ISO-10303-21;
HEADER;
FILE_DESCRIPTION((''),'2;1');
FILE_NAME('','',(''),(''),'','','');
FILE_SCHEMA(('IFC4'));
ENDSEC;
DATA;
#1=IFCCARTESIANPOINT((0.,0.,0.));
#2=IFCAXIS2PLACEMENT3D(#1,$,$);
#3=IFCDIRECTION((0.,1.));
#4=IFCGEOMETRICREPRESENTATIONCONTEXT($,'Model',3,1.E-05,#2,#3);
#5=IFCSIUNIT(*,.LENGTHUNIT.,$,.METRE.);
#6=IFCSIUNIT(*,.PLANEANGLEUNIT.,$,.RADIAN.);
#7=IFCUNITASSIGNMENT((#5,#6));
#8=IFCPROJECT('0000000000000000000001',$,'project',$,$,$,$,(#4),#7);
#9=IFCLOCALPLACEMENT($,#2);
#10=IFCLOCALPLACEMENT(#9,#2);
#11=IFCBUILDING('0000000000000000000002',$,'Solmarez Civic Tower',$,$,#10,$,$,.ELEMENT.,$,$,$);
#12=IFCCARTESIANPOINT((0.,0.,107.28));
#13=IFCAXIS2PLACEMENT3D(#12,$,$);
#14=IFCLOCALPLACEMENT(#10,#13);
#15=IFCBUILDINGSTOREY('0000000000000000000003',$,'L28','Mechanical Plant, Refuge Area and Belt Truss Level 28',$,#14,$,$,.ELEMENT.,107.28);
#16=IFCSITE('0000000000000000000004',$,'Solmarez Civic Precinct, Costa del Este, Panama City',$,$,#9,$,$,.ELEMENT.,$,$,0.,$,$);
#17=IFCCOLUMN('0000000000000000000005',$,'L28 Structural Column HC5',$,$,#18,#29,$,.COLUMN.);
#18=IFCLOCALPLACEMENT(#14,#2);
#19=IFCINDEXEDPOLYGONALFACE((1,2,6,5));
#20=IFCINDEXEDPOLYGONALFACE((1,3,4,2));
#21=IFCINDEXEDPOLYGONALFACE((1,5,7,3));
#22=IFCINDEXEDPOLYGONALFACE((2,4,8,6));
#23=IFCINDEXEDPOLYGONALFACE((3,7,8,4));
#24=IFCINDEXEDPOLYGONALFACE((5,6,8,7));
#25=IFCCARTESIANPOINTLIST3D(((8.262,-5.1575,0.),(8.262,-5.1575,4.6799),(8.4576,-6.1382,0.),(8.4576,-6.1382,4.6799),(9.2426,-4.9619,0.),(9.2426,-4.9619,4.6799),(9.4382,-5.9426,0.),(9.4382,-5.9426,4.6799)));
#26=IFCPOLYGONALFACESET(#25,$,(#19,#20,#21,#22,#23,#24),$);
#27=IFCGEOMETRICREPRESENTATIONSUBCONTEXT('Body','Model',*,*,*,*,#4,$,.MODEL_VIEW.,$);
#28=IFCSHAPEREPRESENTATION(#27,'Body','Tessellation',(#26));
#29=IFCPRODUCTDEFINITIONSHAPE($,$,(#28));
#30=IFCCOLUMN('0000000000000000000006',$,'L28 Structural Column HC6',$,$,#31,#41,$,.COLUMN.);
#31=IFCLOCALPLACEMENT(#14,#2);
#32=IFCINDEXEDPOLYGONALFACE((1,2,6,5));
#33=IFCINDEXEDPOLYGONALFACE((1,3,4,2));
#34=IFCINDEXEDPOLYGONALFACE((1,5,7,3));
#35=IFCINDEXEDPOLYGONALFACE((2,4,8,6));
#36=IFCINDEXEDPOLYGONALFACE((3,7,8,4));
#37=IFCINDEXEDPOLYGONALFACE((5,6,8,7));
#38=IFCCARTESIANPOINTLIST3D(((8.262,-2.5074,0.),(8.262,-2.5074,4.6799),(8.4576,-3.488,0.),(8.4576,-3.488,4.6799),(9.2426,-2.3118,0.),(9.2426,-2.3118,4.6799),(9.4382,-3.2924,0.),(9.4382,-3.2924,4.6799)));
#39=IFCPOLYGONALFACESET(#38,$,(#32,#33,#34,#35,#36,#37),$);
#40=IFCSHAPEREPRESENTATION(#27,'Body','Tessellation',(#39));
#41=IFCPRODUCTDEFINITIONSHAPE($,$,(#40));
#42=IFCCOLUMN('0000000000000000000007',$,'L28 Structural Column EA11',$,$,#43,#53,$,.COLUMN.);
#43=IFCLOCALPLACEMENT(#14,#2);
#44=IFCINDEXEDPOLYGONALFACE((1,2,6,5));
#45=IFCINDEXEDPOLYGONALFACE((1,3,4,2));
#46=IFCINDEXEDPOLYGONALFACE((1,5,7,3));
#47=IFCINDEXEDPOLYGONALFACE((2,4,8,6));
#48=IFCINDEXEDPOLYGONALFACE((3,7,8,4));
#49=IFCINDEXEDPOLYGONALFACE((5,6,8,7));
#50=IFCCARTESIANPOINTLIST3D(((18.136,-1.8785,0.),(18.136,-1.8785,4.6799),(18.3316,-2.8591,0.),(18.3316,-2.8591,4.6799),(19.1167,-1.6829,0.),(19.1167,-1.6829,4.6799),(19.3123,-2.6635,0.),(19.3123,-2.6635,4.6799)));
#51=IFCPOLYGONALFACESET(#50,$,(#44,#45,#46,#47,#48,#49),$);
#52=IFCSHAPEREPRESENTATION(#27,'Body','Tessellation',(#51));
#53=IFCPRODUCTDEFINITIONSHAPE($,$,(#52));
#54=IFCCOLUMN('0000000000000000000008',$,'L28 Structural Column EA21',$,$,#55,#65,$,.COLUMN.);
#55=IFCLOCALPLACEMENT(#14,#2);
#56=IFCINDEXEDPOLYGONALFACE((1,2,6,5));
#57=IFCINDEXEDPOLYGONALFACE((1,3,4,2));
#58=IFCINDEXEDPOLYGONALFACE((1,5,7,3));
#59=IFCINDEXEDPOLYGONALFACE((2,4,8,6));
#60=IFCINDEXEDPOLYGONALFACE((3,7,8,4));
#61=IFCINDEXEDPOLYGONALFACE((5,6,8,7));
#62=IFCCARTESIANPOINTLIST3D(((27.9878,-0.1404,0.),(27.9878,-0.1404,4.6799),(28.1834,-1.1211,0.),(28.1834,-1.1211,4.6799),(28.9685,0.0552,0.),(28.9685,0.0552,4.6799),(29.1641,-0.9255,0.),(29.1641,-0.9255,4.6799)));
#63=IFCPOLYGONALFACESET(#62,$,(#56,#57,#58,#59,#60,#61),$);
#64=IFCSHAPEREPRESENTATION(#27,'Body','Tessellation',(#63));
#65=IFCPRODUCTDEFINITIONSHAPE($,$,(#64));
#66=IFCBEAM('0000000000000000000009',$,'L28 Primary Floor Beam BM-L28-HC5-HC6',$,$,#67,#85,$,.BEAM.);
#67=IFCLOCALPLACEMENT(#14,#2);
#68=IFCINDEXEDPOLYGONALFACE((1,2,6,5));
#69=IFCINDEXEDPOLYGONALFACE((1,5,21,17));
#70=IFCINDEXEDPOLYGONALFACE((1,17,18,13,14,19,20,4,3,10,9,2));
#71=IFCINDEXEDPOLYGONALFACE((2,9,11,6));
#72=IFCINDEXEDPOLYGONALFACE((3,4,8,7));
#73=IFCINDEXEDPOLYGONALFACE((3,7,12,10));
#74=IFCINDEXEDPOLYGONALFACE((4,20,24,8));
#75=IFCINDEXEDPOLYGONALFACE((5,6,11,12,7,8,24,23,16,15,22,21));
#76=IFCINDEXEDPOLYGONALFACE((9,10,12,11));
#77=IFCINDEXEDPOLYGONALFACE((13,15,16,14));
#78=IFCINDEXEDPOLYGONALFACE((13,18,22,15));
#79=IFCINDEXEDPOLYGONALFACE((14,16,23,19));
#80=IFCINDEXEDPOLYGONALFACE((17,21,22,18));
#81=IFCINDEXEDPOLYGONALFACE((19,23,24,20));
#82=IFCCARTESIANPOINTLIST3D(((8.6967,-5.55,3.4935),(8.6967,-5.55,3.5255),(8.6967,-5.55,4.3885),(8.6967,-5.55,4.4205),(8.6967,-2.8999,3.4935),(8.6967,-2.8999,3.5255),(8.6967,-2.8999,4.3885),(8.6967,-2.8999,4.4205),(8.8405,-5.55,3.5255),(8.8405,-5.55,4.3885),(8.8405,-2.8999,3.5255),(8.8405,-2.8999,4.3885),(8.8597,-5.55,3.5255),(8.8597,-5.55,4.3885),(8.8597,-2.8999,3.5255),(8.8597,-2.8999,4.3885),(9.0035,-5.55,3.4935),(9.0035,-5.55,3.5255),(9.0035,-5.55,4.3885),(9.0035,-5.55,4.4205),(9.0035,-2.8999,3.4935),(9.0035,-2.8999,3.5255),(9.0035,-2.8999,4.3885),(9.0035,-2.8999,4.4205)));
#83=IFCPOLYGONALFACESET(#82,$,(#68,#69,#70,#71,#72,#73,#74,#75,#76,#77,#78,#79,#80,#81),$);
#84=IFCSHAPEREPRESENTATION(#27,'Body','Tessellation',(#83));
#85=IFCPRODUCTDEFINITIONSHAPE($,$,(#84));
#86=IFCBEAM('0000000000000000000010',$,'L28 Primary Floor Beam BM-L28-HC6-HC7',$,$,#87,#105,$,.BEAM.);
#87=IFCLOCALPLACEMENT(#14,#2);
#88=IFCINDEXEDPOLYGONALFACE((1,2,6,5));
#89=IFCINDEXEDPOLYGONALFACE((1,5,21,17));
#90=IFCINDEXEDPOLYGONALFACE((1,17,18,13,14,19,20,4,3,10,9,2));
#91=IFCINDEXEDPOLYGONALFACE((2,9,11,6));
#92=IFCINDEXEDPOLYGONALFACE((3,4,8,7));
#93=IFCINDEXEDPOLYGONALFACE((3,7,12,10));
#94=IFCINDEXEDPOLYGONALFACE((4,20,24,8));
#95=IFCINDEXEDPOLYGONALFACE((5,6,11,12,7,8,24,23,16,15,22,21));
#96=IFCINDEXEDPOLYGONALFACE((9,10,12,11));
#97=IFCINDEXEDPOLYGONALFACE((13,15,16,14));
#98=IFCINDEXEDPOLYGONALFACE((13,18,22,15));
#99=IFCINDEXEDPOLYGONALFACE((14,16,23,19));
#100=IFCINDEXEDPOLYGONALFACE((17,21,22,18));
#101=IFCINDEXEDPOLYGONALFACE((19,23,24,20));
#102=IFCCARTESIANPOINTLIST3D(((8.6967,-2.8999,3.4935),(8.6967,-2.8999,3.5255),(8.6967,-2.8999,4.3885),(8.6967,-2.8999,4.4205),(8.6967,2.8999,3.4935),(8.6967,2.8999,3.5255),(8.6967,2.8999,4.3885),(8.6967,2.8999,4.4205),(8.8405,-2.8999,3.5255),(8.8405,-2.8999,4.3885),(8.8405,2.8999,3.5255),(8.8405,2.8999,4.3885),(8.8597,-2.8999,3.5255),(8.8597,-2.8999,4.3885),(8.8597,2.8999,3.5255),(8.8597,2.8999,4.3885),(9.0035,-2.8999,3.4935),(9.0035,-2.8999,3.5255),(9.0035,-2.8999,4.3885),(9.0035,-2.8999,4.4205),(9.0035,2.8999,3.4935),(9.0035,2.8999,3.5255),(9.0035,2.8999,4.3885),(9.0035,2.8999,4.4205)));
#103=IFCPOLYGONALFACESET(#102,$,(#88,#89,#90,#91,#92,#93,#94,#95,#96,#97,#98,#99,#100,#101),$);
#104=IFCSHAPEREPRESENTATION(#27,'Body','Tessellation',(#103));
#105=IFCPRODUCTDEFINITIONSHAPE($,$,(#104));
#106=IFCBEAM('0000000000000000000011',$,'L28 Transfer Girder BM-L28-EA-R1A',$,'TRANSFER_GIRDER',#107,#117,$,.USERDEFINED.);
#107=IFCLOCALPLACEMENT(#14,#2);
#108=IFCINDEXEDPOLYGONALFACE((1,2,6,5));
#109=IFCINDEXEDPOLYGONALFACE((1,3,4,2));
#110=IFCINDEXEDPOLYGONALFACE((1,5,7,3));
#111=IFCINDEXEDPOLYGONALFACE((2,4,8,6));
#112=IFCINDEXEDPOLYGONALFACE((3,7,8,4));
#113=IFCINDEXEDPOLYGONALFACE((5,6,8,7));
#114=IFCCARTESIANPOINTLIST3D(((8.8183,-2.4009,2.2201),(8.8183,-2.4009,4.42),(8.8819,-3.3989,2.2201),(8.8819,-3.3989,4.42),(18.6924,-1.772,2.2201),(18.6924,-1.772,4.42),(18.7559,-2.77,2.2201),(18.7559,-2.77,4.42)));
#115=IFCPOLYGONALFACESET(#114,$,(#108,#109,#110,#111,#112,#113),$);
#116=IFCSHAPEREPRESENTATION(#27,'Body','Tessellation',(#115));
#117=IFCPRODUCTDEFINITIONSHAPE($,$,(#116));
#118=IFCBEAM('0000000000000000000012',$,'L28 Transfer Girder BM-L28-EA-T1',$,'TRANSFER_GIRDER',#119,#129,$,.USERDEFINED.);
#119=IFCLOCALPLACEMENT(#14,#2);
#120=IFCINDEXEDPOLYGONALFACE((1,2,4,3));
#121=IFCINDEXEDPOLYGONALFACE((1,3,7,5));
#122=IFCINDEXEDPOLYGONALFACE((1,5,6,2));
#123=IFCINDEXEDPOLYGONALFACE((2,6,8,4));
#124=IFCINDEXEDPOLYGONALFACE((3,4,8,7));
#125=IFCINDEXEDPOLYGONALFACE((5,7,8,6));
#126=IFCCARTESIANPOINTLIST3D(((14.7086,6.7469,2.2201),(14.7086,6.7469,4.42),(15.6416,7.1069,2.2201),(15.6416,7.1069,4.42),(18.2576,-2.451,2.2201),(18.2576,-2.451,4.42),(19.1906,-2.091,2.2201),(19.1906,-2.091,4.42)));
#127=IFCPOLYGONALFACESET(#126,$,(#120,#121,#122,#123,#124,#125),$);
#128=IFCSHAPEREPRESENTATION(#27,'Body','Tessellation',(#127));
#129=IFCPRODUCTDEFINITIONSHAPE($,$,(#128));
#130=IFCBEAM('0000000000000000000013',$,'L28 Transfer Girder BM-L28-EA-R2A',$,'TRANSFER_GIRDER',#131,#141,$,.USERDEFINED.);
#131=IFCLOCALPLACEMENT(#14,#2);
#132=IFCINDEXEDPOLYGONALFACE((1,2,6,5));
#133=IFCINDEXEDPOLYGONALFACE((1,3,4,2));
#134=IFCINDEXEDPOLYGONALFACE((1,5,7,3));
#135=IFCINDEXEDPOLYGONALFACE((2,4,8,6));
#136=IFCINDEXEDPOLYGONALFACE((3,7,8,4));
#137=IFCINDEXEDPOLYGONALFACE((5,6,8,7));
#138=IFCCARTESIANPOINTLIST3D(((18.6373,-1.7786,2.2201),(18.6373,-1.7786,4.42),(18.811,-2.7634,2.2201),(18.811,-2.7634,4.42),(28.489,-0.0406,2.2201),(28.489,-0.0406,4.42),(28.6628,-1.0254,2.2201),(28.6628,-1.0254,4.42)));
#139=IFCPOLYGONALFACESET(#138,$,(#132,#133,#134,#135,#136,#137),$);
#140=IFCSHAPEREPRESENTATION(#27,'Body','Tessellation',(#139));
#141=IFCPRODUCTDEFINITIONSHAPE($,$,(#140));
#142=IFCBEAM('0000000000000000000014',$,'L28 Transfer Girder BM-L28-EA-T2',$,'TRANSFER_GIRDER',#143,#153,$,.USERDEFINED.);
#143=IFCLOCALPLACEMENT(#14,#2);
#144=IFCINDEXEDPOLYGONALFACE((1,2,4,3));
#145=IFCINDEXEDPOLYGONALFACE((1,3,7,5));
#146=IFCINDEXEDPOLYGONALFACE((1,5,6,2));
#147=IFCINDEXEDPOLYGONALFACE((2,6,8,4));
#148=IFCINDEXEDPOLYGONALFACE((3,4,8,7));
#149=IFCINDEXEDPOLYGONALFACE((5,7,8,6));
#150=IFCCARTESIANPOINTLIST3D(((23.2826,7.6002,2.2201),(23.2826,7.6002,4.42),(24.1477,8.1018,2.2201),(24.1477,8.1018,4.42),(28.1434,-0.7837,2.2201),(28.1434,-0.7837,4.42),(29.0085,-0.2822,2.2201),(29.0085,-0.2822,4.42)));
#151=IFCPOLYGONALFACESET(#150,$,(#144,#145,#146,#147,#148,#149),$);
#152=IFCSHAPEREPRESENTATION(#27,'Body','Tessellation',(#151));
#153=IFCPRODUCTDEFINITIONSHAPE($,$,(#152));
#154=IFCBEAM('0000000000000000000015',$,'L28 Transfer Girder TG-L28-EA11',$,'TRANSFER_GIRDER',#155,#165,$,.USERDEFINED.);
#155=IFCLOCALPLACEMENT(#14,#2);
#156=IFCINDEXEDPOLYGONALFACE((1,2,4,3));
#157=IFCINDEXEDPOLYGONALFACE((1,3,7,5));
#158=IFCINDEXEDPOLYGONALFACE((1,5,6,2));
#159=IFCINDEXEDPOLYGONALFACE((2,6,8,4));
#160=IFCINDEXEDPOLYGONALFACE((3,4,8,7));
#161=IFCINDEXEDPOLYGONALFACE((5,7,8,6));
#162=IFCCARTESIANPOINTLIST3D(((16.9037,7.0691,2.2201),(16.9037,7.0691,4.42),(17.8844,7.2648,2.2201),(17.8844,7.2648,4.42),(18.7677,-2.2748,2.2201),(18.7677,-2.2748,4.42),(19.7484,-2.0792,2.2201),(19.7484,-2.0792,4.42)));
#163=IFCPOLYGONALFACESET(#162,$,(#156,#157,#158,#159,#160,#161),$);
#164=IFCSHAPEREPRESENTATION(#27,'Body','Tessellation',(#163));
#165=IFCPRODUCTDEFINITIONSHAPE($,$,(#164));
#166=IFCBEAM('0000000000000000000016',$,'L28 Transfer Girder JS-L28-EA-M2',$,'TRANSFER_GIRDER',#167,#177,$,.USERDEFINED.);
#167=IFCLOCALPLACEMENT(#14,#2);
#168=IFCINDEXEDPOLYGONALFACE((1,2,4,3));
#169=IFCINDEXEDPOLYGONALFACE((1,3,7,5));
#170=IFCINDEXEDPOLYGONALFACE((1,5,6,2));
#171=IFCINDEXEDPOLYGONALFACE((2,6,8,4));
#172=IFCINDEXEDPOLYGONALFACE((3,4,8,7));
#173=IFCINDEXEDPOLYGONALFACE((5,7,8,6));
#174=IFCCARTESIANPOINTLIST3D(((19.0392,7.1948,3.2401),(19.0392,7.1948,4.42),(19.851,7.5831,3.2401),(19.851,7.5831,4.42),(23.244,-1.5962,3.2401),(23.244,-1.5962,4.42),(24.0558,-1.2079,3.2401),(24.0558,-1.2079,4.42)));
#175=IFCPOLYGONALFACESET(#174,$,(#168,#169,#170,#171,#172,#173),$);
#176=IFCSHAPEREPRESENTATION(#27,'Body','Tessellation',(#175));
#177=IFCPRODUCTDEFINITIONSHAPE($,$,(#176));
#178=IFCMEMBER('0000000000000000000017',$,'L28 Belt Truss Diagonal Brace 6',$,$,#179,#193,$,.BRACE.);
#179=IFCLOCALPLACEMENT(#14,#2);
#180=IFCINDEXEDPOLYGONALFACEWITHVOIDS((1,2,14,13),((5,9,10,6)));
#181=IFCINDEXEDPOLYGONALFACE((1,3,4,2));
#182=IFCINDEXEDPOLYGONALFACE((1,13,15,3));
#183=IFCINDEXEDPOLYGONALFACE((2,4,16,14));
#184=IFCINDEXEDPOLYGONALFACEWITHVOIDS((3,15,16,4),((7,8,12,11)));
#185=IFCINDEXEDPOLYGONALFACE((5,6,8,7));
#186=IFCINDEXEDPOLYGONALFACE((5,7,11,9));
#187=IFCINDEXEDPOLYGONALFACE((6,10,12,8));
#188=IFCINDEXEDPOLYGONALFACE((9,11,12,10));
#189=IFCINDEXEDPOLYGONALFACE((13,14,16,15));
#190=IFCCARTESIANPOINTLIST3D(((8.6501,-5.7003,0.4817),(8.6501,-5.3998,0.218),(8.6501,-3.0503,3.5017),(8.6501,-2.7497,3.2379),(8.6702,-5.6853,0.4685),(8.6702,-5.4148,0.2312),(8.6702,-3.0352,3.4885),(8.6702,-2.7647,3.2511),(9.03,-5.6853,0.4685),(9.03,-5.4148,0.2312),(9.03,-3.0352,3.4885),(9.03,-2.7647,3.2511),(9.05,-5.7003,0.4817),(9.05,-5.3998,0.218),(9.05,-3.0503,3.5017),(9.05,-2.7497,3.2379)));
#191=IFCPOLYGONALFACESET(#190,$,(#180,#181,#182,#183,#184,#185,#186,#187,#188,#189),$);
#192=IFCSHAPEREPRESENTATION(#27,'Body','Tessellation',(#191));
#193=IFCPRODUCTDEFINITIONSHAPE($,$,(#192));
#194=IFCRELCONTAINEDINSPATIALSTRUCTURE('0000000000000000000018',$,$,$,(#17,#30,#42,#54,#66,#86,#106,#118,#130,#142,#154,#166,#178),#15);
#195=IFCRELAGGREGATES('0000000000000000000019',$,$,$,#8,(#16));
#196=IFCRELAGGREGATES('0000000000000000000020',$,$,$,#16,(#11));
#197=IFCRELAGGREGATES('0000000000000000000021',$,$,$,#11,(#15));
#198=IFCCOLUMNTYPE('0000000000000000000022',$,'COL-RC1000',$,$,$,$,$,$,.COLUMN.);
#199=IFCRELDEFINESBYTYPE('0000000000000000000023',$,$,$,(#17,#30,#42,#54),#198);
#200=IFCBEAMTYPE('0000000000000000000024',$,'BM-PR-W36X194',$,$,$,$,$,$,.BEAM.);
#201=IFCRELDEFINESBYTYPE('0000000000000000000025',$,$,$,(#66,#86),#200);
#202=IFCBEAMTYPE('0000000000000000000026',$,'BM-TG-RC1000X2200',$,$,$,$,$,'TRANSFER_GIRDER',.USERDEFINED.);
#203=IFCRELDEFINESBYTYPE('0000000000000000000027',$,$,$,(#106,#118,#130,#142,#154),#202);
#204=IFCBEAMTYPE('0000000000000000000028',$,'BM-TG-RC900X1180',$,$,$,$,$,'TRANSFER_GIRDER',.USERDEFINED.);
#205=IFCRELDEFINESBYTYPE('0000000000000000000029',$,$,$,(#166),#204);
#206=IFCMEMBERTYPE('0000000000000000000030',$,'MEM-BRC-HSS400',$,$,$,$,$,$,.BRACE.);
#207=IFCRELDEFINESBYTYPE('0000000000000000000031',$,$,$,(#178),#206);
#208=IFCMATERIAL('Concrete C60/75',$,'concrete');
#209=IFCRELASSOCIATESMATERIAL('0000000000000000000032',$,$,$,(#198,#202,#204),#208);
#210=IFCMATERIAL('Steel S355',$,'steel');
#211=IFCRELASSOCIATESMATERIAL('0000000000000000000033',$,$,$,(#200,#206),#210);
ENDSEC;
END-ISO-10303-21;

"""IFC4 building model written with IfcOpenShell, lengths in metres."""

from ifc_helpers import new_model, si_unit, direction, frame, origin, origin_2d, place, context, subcontext, project, spatial, rectangle, hollow_rectangle, i_section, extrude, material, material_profile, profile_set, type_object, element, save


model = new_model("IFC4")

# Units and contexts
model_context = context("Model", 3, precision=1e-05, world=origin(), true_north=direction((0.0, 1.0)))
body_context = subcontext(model_context, "Body", "Model", "MODEL_VIEW")
ifc_project = project(units=[si_unit("LENGTHUNIT", "METRE"), si_unit("PLANEANGLEUNIT", "RADIAN")], contexts=[model_context])

# Site, building, storey
site_placement = place(None, origin())
site = spatial("IfcSite", under=ifc_project, at=site_placement, Name="Solmarez Civic Precinct, Costa del Este, Panama City", CompositionType="ELEMENT", RefElevation=0.0)
building_placement = place(site_placement, origin())
building = spatial("IfcBuilding", under=site, at=building_placement, Name="Solmarez Civic Tower", CompositionType="ELEMENT")
storey_placement = place(building_placement, frame((0.0, 0.0, 107.28)))
storey = spatial("IfcBuildingStorey", under=building, at=storey_placement, Name="L28", Description="Mechanical Plant, Refuge Area and Belt Truss Level 28", CompositionType="ELEMENT", Elevation=107.28)

# Columns
ifc_material_1 = material(Name="Concrete C60/75", Category="concrete")
ifc_material_profile_1 = material_profile(ifc_material_1, rectangle(XDim=1.0, YDim=1.0, at=origin_2d()), Name="RC1000X1000")
ifc_profile_set_1 = profile_set([ifc_material_profile_1], Name="Concrete C60/75")
column_type = type_object("IfcColumnType", Name="COL-RC1000", PredefinedType="COLUMN", material=ifc_profile_set_1)
for number, where, z_axis, x_axis, name in (
    (1, (8.8501, -5.55, 0.0), (0.0, 0.0, 1.0), (0.980683, 0.195604, 0.0), "L28 Structural Column HC5"),
    (2, (8.8501, -2.8999, 0.0), (0.0, 0.0, 1.0), (0.980683, 0.195604, 0.0), "L28 Structural Column HC6"),
    (3, (18.7241, -2.271, 0.0), (0.0, 0.0, 1.0), (0.980683, 0.195604, 0.0), "L28 Structural Column EA11"),
    (4, (28.5759, -0.533, 0.0), (0.0, 0.0, 1.0), (0.980683, 0.195604, 0.0), "L28 Structural Column EA21"),
):
    element("IfcColumn", number, at=place(storey_placement, frame(where, z_axis=z_axis, x_axis=x_axis)), inside=storey, type_object=column_type, Name=name, PredefinedType="COLUMN", context=body_context, shape_type="SweptSolid", body=[
        extrude(rectangle(XDim=1.0, YDim=1.0, at=origin_2d()), origin(), (0.0, 0.0, 1.0), 4.6799),
    ])

# Beams
ifc_material_2 = material(Name="Steel S355", Category="steel")
ifc_material_profile_2 = material_profile(ifc_material_2, i_section(OverallWidth=0.3069, OverallDepth=0.927, WebThickness=0.0193, FlangeThickness=0.032, at=origin_2d()), Name="W36X194")
ifc_profile_set_2 = profile_set([ifc_material_profile_2], Name="Steel S355")
beam_type_1 = type_object("IfcBeamType", Name="BM-PR-W36X194", PredefinedType="BEAM", material=ifc_profile_set_2)
beam_1_placement = place(storey_placement, frame((8.8501, -5.55, 3.957), z_axis=(0.0, 1.0, 0.0), x_axis=(-1.0, 0.0, 0.0)))
element("IfcBeam", 5, at=beam_1_placement, inside=storey, type_object=beam_type_1, Name="L28 Primary Floor Beam BM-L28-HC5-HC6", PredefinedType="BEAM", context=body_context, shape_type="SweptSolid", body=[
    extrude(i_section(OverallWidth=0.3069, OverallDepth=0.927, WebThickness=0.0193, FlangeThickness=0.032, at=origin_2d()), origin(), (0.0, 0.0, 1.0), 2.6501),
])
beam_2_placement = place(storey_placement, frame((8.8501, -2.8999, 3.957), z_axis=(0.0, 1.0, 0.0), x_axis=(-1.0, 0.0, 0.0)))
element("IfcBeam", 6, at=beam_2_placement, inside=storey, type_object=beam_type_1, Name="L28 Primary Floor Beam BM-L28-HC6-HC7", PredefinedType="BEAM", context=body_context, shape_type="SweptSolid", body=[
    extrude(i_section(OverallWidth=0.3069, OverallDepth=0.927, WebThickness=0.0193, FlangeThickness=0.032, at=origin_2d()), origin(), (0.0, 0.0, 1.0), 5.7998),
])
ifc_material_profile_3 = material_profile(ifc_material_1, rectangle(XDim=1.0, YDim=2.2, at=origin_2d()), Name="RC1000X2200")
ifc_profile_set_3 = profile_set([ifc_material_profile_3], Name="Concrete C60/75")
beam_type_2 = type_object("IfcBeamType", Name="BM-TG-RC1000X2200", ElementType="TRANSFER_GIRDER", PredefinedType="USERDEFINED", material=ifc_profile_set_3)
beam_3_placement = place(storey_placement, frame((8.8501, -2.8999, 3.3201), z_axis=(0.997978, 0.063564, 0.0), x_axis=(-0.063564, 0.997978, 0.0)))
element("IfcBeam", 7, at=beam_3_placement, inside=storey, type_object=beam_type_2, Name="L28 Transfer Girder BM-L28-EA-R1A", ObjectType="TRANSFER_GIRDER", PredefinedType="USERDEFINED", context=body_context, shape_type="SweptSolid", body=[
    extrude(rectangle(XDim=1.0, YDim=2.2, at=origin_2d()), origin(), (0.0, 0.0, 1.0), 9.894),
])
beam_4_placement = place(storey_placement, frame((18.7241, -2.271, 3.3201), z_axis=(-0.359984, 0.932958, 0.0), x_axis=(-0.932958, -0.359984, 0.0)))
element("IfcBeam", 8, at=beam_4_placement, inside=storey, type_object=beam_type_2, Name="L28 Transfer Girder BM-L28-EA-T1", ObjectType="TRANSFER_GIRDER", PredefinedType="USERDEFINED", context=body_context, shape_type="SweptSolid", body=[
    extrude(rectangle(XDim=1.0, YDim=2.2, at=origin_2d()), origin(), (0.0, 0.0, 1.0), 9.8589),
])
beam_5_placement = place(storey_placement, frame((18.7241, -2.271, 3.3201), z_axis=(0.984792, 0.173735, 0.0), x_axis=(-0.173735, 0.984792, 0.0)))
element("IfcBeam", 9, at=beam_5_placement, inside=storey, type_object=beam_type_2, Name="L28 Transfer Girder BM-L28-EA-R2A", ObjectType="TRANSFER_GIRDER", PredefinedType="USERDEFINED", context=body_context, shape_type="SweptSolid", body=[
    extrude(rectangle(XDim=1.0, YDim=2.2, at=origin_2d()), origin(), (0.0, 0.0, 1.0), 10.0039),
])
beam_6_placement = place(storey_placement, frame((28.5759, -0.533, 3.3201), z_axis=(-0.501571, 0.865116, 0.0), x_axis=(-0.865116, -0.501571, 0.0)))
element("IfcBeam", 10, at=beam_6_placement, inside=storey, type_object=beam_type_2, Name="L28 Transfer Girder BM-L28-EA-T2", ObjectType="TRANSFER_GIRDER", PredefinedType="USERDEFINED", context=body_context, shape_type="SweptSolid", body=[
    extrude(rectangle(XDim=1.0, YDim=2.2, at=origin_2d()), origin(), (0.0, 0.0, 1.0), 9.6912),
])
beam_7_placement = place(storey_placement, frame((19.2581, -2.177, 3.3201), z_axis=(-0.195633, 0.980677, 0.0), x_axis=(-0.980677, -0.195633, 0.0)))
element("IfcBeam", 11, at=beam_7_placement, inside=storey, type_object=beam_type_2, Name="L28 Transfer Girder TG-L28-EA11", ObjectType="TRANSFER_GIRDER", PredefinedType="USERDEFINED", context=body_context, shape_type="SweptSolid", body=[
    extrude(rectangle(XDim=1.0, YDim=2.2, at=origin_2d()), origin(), (0.0, 0.0, 1.0), 9.5281),
])
ifc_material_profile_4 = material_profile(ifc_material_1, rectangle(XDim=0.8999, YDim=1.1799, at=origin_2d()), Name="RC900X1180")
ifc_profile_set_4 = profile_set([ifc_material_profile_4], Name="Concrete C60/75")
beam_type_3 = type_object("IfcBeamType", Name="BM-TG-RC900X1180", ElementType="TRANSFER_GIRDER", PredefinedType="USERDEFINED", material=ifc_profile_set_4)
beam_8_placement = place(storey_placement, frame((23.6499, -1.4021, 3.8301), z_axis=(-0.431492, 0.902117, 0.0), x_axis=(-0.902117, -0.431492, 0.0)))
element("IfcBeam", 12, at=beam_8_placement, inside=storey, type_object=beam_type_3, Name="L28 Transfer Girder JS-L28-EA-M2", ObjectType="TRANSFER_GIRDER", PredefinedType="USERDEFINED", context=body_context, shape_type="SweptSolid", body=[
    extrude(rectangle(XDim=0.8999, YDim=1.1799, at=origin_2d()), origin(), (0.0, 0.0, 1.0), 9.7449),
])

# Member
ifc_material_profile_5 = material_profile(ifc_material_2, hollow_rectangle(XDim=0.3999, YDim=0.3999, WallThickness=0.02, at=origin_2d()), Name="HSS400X400X20")
ifc_profile_set_5 = profile_set([ifc_material_profile_5], Name="Steel S355")
member_type_1 = type_object("IfcMemberType", Name="MEM-BRC-HSS400", PredefinedType="BRACE", material=ifc_profile_set_5)
member_1_placement = place(storey_placement, frame((8.8501, -5.55, 0.3499), z_axis=(0.0, 0.659579, 0.751635), x_axis=(-1.0, 0.0, 0.0)))
element("IfcMember", 13, at=member_1_placement, inside=storey, type_object=member_type_1, Name="L28 Belt Truss Diagonal Brace 6", PredefinedType="BRACE", context=body_context, shape_type="SweptSolid", body=[
    extrude(hollow_rectangle(XDim=0.3999, YDim=0.3999, WallThickness=0.02, at=origin_2d()), origin(), (0.0, 0.0, 1.0), 4.0178),
])

save(model, "model.ifc")
